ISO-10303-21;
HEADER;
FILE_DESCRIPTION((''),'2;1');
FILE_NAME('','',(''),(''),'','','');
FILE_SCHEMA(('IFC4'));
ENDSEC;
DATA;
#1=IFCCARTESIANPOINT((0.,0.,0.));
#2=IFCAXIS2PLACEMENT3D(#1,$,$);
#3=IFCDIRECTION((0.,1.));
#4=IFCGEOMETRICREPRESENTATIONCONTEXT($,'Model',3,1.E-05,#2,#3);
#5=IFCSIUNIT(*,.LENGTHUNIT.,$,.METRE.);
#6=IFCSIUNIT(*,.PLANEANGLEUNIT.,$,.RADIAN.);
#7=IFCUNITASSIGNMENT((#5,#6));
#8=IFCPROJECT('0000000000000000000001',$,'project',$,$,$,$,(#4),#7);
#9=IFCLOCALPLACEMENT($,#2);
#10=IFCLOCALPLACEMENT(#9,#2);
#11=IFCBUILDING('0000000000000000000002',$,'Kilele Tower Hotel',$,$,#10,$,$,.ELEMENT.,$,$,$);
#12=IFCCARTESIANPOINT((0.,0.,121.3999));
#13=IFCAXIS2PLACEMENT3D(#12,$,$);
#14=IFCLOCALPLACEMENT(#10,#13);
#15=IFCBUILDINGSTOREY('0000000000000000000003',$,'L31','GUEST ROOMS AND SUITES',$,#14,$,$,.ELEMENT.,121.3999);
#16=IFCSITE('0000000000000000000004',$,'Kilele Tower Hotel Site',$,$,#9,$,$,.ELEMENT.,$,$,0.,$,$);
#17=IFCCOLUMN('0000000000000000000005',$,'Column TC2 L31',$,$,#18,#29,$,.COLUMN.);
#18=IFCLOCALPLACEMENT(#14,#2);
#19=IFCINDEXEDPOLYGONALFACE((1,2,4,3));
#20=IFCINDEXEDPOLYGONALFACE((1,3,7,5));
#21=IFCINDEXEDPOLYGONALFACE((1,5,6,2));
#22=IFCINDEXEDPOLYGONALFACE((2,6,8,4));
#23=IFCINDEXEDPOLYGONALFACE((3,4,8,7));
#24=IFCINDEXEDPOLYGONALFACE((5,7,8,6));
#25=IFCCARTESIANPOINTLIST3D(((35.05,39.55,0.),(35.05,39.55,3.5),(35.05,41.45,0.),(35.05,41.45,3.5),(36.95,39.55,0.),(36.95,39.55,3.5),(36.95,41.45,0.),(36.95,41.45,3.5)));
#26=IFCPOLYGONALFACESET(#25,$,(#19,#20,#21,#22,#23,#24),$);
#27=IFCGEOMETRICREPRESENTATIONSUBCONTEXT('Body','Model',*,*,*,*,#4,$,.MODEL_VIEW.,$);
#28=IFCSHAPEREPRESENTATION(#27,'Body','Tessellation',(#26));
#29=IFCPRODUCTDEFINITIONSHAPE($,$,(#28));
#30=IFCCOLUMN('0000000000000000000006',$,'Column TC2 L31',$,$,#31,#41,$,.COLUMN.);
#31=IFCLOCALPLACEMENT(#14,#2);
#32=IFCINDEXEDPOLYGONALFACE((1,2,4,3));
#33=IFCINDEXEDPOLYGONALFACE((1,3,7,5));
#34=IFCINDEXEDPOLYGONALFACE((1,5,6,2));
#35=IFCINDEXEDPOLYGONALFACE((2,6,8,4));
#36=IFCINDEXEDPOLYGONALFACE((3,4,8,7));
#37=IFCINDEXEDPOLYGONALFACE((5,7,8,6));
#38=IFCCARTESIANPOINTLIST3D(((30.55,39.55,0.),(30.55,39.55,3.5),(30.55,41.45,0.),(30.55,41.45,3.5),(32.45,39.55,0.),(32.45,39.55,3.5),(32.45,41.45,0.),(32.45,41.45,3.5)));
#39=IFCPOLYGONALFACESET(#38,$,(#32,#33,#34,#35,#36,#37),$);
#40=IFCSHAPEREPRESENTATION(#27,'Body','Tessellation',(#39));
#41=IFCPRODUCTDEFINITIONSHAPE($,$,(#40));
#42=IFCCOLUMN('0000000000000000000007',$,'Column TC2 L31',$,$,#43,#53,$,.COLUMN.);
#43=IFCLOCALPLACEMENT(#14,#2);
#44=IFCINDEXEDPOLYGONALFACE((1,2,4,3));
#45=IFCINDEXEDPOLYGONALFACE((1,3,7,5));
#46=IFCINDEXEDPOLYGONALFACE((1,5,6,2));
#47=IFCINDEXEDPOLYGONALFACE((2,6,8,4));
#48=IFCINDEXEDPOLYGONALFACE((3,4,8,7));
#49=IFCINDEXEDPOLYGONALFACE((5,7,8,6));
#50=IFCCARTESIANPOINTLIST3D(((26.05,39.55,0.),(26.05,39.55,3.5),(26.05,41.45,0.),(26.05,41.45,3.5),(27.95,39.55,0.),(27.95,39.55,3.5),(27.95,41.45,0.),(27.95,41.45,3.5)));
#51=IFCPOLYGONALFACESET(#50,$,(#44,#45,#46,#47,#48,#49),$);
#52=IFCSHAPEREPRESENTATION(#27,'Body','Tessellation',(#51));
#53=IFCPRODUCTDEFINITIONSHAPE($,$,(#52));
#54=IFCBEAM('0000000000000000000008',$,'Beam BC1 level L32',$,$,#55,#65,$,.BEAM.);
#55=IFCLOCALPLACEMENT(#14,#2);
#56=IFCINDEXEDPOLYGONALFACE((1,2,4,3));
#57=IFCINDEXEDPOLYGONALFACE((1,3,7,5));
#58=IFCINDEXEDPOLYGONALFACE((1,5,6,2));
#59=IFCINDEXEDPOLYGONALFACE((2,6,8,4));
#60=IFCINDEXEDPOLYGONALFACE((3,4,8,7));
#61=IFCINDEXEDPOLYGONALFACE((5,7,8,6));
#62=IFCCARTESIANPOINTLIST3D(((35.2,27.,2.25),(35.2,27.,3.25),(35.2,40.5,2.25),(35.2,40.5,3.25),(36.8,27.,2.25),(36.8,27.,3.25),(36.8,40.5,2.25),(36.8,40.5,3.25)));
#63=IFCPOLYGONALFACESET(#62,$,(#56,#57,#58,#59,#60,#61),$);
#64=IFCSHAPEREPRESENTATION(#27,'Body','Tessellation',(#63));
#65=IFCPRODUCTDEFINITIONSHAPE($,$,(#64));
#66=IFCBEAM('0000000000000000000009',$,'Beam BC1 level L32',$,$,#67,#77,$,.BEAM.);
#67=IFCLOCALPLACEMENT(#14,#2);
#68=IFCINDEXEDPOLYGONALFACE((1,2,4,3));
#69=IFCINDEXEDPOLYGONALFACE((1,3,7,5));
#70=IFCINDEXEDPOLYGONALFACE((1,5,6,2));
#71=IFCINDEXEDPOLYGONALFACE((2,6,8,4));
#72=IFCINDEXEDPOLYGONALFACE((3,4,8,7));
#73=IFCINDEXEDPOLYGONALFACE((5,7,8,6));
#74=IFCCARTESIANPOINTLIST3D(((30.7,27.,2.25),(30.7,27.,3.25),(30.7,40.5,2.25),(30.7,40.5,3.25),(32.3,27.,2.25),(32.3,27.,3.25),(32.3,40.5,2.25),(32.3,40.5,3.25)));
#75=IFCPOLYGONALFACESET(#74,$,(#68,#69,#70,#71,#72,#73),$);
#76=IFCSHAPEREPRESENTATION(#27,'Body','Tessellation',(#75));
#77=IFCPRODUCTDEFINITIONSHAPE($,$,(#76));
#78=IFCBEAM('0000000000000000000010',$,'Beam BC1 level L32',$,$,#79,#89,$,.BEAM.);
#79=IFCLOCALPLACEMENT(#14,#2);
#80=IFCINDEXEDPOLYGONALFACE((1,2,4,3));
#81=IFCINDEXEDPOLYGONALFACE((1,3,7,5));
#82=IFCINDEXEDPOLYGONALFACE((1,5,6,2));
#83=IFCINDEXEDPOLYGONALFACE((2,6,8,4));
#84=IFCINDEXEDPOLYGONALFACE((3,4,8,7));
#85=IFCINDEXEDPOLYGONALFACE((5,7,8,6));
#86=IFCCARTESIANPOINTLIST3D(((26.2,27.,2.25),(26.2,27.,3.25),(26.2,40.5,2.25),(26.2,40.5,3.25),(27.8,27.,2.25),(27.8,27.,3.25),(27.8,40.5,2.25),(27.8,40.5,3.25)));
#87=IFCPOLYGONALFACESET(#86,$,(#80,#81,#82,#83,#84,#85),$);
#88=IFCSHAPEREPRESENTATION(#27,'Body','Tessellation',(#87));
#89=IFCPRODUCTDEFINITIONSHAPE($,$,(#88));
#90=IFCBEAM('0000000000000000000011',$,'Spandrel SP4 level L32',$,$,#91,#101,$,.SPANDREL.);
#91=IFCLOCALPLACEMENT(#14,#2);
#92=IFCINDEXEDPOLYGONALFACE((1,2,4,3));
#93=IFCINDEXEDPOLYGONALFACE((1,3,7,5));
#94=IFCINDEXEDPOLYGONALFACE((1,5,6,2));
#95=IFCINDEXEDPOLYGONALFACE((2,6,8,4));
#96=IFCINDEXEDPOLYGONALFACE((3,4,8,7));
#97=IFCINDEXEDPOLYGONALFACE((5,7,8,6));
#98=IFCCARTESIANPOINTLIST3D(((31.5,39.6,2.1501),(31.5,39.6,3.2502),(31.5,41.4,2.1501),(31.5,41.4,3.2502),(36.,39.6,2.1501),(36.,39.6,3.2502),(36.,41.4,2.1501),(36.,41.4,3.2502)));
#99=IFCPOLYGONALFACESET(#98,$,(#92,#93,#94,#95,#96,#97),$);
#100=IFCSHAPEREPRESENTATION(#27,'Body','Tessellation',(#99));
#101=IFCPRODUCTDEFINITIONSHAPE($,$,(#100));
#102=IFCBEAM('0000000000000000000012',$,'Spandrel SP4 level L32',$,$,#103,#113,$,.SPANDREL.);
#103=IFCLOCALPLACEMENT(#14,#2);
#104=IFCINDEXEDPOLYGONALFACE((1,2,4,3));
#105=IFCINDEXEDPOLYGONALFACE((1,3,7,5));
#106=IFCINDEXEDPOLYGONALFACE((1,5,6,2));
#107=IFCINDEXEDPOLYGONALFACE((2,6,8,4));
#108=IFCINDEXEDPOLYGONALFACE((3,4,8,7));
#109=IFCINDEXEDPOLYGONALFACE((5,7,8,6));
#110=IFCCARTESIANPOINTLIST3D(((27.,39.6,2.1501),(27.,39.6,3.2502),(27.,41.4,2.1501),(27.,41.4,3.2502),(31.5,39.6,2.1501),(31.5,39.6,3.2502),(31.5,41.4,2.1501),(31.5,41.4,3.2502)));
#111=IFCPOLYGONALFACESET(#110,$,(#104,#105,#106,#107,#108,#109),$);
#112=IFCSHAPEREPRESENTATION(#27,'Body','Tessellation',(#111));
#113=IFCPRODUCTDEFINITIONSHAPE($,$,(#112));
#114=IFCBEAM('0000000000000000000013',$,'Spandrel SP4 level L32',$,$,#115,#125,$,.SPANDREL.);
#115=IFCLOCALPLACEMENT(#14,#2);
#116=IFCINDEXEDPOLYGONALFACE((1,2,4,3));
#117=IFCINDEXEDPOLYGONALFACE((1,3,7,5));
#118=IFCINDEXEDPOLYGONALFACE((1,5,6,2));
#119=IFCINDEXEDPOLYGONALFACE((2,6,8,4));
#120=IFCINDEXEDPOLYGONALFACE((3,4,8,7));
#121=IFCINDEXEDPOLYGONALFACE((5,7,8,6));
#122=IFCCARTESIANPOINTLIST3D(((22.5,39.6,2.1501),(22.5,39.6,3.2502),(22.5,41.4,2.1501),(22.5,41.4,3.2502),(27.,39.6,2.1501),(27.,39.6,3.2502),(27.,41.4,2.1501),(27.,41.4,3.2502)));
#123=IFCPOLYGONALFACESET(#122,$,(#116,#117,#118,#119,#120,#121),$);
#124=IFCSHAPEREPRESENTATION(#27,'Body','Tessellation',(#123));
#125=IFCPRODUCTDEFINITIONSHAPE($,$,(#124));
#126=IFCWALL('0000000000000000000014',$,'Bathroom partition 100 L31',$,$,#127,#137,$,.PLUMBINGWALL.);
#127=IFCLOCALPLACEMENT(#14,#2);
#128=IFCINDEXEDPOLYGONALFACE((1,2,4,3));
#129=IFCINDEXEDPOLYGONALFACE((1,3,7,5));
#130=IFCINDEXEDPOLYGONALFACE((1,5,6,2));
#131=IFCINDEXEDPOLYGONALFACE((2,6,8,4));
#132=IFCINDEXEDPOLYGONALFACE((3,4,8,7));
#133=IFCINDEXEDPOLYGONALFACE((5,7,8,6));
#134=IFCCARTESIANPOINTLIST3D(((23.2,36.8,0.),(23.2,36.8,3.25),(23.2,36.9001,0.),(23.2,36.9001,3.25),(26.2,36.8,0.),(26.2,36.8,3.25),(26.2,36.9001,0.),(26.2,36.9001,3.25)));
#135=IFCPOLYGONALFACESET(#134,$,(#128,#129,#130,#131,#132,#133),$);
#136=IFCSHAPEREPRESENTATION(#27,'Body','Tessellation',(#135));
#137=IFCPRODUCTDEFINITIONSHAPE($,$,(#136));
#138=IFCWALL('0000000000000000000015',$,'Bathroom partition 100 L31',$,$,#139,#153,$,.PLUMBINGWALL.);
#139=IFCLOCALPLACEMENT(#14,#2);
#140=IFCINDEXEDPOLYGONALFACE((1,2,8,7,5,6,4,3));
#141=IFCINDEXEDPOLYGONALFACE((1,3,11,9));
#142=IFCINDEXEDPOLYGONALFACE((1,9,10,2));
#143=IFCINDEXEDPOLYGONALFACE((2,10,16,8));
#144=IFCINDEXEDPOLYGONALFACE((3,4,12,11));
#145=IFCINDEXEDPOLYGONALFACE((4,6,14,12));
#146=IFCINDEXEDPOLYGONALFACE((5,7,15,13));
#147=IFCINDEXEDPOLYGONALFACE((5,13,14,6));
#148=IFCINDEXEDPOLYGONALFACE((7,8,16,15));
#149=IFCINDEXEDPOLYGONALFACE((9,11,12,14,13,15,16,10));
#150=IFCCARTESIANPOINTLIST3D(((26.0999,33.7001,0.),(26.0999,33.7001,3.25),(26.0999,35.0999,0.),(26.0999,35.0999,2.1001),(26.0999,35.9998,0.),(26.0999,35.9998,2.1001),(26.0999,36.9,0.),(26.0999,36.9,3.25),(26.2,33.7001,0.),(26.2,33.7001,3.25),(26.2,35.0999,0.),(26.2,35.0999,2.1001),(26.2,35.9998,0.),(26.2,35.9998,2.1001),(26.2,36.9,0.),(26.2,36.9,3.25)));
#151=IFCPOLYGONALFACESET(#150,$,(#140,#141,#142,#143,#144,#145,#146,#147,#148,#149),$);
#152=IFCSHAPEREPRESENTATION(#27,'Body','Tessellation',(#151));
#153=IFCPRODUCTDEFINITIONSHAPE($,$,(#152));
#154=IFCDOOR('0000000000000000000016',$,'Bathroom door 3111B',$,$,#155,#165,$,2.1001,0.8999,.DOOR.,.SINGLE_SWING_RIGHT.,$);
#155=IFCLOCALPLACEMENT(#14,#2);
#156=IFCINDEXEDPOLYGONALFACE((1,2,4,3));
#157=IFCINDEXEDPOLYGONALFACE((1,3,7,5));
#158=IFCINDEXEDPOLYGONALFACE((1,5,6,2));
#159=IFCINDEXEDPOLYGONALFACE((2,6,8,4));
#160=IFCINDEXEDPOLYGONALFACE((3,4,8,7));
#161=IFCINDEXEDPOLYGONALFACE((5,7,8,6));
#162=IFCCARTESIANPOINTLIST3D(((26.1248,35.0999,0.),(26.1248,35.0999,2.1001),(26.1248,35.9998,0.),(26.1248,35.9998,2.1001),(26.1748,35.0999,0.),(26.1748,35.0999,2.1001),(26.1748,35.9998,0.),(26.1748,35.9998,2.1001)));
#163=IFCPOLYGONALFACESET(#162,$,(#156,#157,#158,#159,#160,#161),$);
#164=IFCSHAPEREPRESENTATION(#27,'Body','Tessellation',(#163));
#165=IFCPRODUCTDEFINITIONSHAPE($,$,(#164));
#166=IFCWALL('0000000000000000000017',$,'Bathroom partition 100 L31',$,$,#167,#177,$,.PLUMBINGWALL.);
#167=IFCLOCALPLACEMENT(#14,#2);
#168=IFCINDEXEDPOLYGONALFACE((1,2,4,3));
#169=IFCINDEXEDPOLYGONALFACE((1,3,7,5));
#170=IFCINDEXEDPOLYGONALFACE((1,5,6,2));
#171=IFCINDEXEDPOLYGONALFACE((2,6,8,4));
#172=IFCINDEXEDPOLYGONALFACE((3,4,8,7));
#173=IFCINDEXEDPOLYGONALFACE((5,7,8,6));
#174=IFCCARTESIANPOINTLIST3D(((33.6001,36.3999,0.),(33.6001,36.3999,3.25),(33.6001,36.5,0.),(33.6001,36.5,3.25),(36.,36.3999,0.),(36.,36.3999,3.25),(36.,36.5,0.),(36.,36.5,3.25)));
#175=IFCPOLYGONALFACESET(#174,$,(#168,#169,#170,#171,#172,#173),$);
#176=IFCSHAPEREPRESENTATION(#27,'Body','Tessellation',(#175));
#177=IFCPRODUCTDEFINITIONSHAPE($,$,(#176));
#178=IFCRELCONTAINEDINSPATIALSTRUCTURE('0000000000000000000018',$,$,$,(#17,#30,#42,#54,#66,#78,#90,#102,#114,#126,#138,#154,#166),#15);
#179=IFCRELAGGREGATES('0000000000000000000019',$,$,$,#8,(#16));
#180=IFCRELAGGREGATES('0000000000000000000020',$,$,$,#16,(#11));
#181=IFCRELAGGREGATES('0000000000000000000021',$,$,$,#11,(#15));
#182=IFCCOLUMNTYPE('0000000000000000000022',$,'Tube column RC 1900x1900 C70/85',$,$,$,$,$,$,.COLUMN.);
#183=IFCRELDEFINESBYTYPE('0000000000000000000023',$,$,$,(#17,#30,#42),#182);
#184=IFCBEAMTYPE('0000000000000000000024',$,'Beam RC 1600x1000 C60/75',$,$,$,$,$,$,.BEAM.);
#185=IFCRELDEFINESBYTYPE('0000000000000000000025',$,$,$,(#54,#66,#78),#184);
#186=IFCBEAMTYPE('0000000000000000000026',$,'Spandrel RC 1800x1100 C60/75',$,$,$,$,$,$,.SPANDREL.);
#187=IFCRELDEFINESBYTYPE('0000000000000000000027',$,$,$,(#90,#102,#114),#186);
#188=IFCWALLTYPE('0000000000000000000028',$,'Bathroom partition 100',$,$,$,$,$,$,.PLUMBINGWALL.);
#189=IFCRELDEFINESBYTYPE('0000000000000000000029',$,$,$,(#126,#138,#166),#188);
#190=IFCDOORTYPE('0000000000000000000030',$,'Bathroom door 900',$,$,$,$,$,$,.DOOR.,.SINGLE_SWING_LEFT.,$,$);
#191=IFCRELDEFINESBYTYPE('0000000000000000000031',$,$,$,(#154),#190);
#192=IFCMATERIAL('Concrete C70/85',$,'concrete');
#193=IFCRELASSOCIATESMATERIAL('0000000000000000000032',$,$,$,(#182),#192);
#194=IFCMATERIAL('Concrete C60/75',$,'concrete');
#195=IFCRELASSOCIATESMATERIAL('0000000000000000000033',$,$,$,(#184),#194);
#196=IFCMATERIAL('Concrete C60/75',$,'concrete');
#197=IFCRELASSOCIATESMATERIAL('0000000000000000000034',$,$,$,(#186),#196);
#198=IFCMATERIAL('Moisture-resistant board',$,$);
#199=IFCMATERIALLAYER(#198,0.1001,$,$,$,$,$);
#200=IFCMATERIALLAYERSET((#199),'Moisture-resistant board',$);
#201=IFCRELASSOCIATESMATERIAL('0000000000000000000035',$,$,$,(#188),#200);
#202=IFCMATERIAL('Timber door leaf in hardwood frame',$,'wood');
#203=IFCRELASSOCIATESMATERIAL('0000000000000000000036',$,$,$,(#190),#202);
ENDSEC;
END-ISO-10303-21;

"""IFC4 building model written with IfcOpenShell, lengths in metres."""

from ifc_helpers import new_model, si_unit, direction, frame, frame_2d, origin, origin_2d, place, context, subcontext, project, spatial, rectangle, extrude, material, layer, layer_set, material_profile, profile_set, type_object, element, fill, save


model = new_model("IFC4")

# Units and contexts
model_context = context("Model", 3, precision=1e-05, world=origin(), true_north=direction((0.0, 1.0)))
body_context = subcontext(model_context, "Body", "Model", "MODEL_VIEW")
ifc_project = project(units=[si_unit("LENGTHUNIT", "METRE"), si_unit("PLANEANGLEUNIT", "RADIAN")], contexts=[model_context])

# Site, building, storey
site_placement = place(None, origin())
site = spatial("IfcSite", under=ifc_project, at=site_placement, Name="Kilele Tower Hotel Site", CompositionType="ELEMENT", RefElevation=0.0)
building_placement = place(site_placement, origin())
building = spatial("IfcBuilding", under=site, at=building_placement, Name="Kilele Tower Hotel", CompositionType="ELEMENT")
storey_placement = place(building_placement, frame((0.0, 0.0, 121.3999)))
storey = spatial("IfcBuildingStorey", under=building, at=storey_placement, Name="L31", Description="GUEST ROOMS AND SUITES", CompositionType="ELEMENT", Elevation=121.3999)

# Columns
ifc_material_1 = material(Name="Concrete C70/85", Category="concrete")
ifc_material_profile_1 = material_profile(ifc_material_1, rectangle(XDim=1.8999, YDim=1.8999, at=origin_2d()))
ifc_profile_set_1 = profile_set([ifc_material_profile_1], Name="Concrete C70/85")
column_type = type_object("IfcColumnType", Name="Tube column RC 1900x1900 C70/85", PredefinedType="COLUMN", material=ifc_profile_set_1)
for number, where, z_axis, x_axis, name in (
    (1, (36.0, 40.5, 0.0), (0.0, 0.0, 1.0), (1.0, 0.0, 0.0), "Column TC2 L31"),
    (2, (31.5, 40.5, 0.0), (0.0, 0.0, 1.0), (1.0, 0.0, 0.0), "Column TC2 L31"),
    (3, (27.0, 40.5, 0.0), (0.0, 0.0, 1.0), (1.0, 0.0, 0.0), "Column TC2 L31"),
):
    element("IfcColumn", number, at=place(storey_placement, frame(where, z_axis=z_axis, x_axis=x_axis)), inside=storey, type_object=column_type, Name=name, PredefinedType="COLUMN", context=body_context, shape_type="SweptSolid", body=[
        extrude(rectangle(XDim=1.8999, YDim=1.8999, at=origin_2d()), origin(), (0.0, 0.0, 1.0), 3.5),
    ])

# Beams
ifc_material_2 = material(Name="Concrete C60/75", Category="concrete")
ifc_material_profile_2 = material_profile(ifc_material_2, rectangle(XDim=1.6001, YDim=1.0, at=origin_2d()))
ifc_profile_set_2 = profile_set([ifc_material_profile_2], Name="Concrete C60/75")
beam_type_1 = type_object("IfcBeamType", Name="Beam RC 1600x1000 C60/75", PredefinedType="BEAM", material=ifc_profile_set_2)
for number, where, z_axis, x_axis, name in (
    (4, (36.0, 40.5, 2.75), (0.0, -1.0, 0.0), (1.0, 0.0, 0.0), "Beam BC1 level L32"),
    (5, (31.5, 40.5, 2.75), (0.0, -1.0, 0.0), (1.0, 0.0, 0.0), "Beam BC1 level L32"),
    (6, (27.0, 40.5, 2.75), (0.0, -1.0, 0.0), (1.0, 0.0, 0.0), "Beam BC1 level L32"),
):
    element("IfcBeam", number, at=place(storey_placement, frame(where, z_axis=z_axis, x_axis=x_axis)), inside=storey, type_object=beam_type_1, Name=name, PredefinedType="BEAM", context=body_context, shape_type="SweptSolid", body=[
        extrude(rectangle(XDim=1.6001, YDim=1.0, at=origin_2d()), origin(), (0.0, 0.0, 1.0), 13.5),
    ])
ifc_material_3 = material(Name="Concrete C60/75", Category="concrete")
ifc_material_profile_3 = material_profile(ifc_material_3, rectangle(XDim=1.8, YDim=1.1001, at=origin_2d()))
ifc_profile_set_3 = profile_set([ifc_material_profile_3], Name="Concrete C60/75")
beam_type_2 = type_object("IfcBeamType", Name="Spandrel RC 1800x1100 C60/75", PredefinedType="SPANDREL", material=ifc_profile_set_3)
for number, where, z_axis, x_axis, name in (
    (7, (36.0, 40.5, 2.7002), (-1.0, 0.0, 0.0), (0.0, -1.0, 0.0), "Spandrel SP4 level L32"),
    (8, (31.5, 40.5, 2.7002), (-1.0, 0.0, 0.0), (0.0, -1.0, 0.0), "Spandrel SP4 level L32"),
    (9, (27.0, 40.5, 2.7002), (-1.0, 0.0, 0.0), (0.0, -1.0, 0.0), "Spandrel SP4 level L32"),
):
    element("IfcBeam", number, at=place(storey_placement, frame(where, z_axis=z_axis, x_axis=x_axis)), inside=storey, type_object=beam_type_2, Name=name, PredefinedType="SPANDREL", context=body_context, shape_type="SweptSolid", body=[
        extrude(rectangle(XDim=1.8, YDim=1.1001, at=origin_2d()), origin(), (0.0, 0.0, 1.0), 4.5),
    ])

# Wall
ifc_material_4 = material(Name="Moisture-resistant board")
ifc_layer_1 = layer(ifc_material_4, 0.1001)
ifc_layer_set_1 = layer_set([ifc_layer_1], Name="Moisture-resistant board")
wall_type_1 = type_object("IfcWallType", Name="Bathroom partition 100", PredefinedType="PLUMBINGWALL", material=ifc_layer_set_1)
wall_1_placement = place(storey_placement, frame((23.2, 36.8501, 0.0), z_axis=(0.0, 0.0, 1.0), x_axis=(1.0, 0.0, 0.0)))
element("IfcWall", 10, at=wall_1_placement, inside=storey, type_object=wall_type_1, Name="Bathroom partition 100 L31", PredefinedType="PLUMBINGWALL", context=body_context, shape_type="SweptSolid", body=[
    extrude(rectangle(XDim=3.0, YDim=0.1001, at=frame_2d((1.5, 0.0))), origin(), (0.0, 0.0, 1.0), 3.25),
])

# Wall, opening, door
wall_2_placement = place(storey_placement, frame((26.1499, 33.7, 0.0), z_axis=(0.0, 0.0, 1.0), x_axis=(0.0, 1.0, 0.0)))
wall_2 = element("IfcWall", 11, at=wall_2_placement, inside=storey, type_object=wall_type_1, Name="Bathroom partition 100 L31", PredefinedType="PLUMBINGWALL", context=body_context, shape_type="SweptSolid", body=[
    extrude(rectangle(XDim=3.2, YDim=0.1001, at=frame_2d((1.6001, 0.0))), origin(), (0.0, 0.0, 1.0), 3.25),
])
opening_1_placement = place(wall_2_placement, frame((2.2998, 0.0, 0.0), z_axis=(0.0, 0.0, 1.0), x_axis=(-1.0, 0.0, 0.0)))
opening_1 = element("IfcOpeningElement", 12, at=opening_1_placement, cuts=wall_2, PredefinedType="OPENING", context=body_context, shape_type="SweptSolid", body=[
    extrude(rectangle(XDim=0.8999, YDim=2.1001, at=frame_2d((0.45, 1.05))), frame((0.0, 0.0601, 0.0), z_axis=(0.0, -1.0, 0.0), x_axis=(1.0, 0.0, 0.0)), (0.0, 0.0, 1.0), 0.1201),
])
ifc_material_5 = material(Name="Timber door leaf in hardwood frame", Category="wood")
door_type_1 = type_object("IfcDoorType", Name="Bathroom door 900", OperationType="SINGLE_SWING_LEFT", PredefinedType="DOOR", material=ifc_material_5)
door_1_placement = place(opening_1_placement, origin())
door_1 = element("IfcDoor", 13, at=door_1_placement, inside=storey, type_object=door_type_1, Name="Bathroom door 3111B", OperationType="SINGLE_SWING_RIGHT", OverallHeight=2.1001, OverallWidth=0.8999, PredefinedType="DOOR", context=body_context, shape_type="SweptSolid", body=[
    extrude(rectangle(XDim=0.8999, YDim=2.1001, at=frame_2d((0.45, 1.05))), frame((0.0, 0.0249, 0.0), z_axis=(0.0, -1.0, 0.0), x_axis=(1.0, 0.0, 0.0)), (0.0, 0.0, 1.0), 0.05),
])
fill(opening_1, door_1)

# Wall
wall_3_placement = place(storey_placement, frame((33.6001, 36.45, 0.0), z_axis=(0.0, 0.0, 1.0), x_axis=(1.0, 0.0, 0.0)))
element("IfcWall", 14, at=wall_3_placement, inside=storey, type_object=wall_type_1, Name="Bathroom partition 100 L31", PredefinedType="PLUMBINGWALL", context=body_context, shape_type="SweptSolid", body=[
    extrude(rectangle(XDim=2.3999, YDim=0.1001, at=frame_2d((1.2, 0.0))), origin(), (0.0, 0.0, 1.0), 3.25),
])

save(model, "model.ifc")
